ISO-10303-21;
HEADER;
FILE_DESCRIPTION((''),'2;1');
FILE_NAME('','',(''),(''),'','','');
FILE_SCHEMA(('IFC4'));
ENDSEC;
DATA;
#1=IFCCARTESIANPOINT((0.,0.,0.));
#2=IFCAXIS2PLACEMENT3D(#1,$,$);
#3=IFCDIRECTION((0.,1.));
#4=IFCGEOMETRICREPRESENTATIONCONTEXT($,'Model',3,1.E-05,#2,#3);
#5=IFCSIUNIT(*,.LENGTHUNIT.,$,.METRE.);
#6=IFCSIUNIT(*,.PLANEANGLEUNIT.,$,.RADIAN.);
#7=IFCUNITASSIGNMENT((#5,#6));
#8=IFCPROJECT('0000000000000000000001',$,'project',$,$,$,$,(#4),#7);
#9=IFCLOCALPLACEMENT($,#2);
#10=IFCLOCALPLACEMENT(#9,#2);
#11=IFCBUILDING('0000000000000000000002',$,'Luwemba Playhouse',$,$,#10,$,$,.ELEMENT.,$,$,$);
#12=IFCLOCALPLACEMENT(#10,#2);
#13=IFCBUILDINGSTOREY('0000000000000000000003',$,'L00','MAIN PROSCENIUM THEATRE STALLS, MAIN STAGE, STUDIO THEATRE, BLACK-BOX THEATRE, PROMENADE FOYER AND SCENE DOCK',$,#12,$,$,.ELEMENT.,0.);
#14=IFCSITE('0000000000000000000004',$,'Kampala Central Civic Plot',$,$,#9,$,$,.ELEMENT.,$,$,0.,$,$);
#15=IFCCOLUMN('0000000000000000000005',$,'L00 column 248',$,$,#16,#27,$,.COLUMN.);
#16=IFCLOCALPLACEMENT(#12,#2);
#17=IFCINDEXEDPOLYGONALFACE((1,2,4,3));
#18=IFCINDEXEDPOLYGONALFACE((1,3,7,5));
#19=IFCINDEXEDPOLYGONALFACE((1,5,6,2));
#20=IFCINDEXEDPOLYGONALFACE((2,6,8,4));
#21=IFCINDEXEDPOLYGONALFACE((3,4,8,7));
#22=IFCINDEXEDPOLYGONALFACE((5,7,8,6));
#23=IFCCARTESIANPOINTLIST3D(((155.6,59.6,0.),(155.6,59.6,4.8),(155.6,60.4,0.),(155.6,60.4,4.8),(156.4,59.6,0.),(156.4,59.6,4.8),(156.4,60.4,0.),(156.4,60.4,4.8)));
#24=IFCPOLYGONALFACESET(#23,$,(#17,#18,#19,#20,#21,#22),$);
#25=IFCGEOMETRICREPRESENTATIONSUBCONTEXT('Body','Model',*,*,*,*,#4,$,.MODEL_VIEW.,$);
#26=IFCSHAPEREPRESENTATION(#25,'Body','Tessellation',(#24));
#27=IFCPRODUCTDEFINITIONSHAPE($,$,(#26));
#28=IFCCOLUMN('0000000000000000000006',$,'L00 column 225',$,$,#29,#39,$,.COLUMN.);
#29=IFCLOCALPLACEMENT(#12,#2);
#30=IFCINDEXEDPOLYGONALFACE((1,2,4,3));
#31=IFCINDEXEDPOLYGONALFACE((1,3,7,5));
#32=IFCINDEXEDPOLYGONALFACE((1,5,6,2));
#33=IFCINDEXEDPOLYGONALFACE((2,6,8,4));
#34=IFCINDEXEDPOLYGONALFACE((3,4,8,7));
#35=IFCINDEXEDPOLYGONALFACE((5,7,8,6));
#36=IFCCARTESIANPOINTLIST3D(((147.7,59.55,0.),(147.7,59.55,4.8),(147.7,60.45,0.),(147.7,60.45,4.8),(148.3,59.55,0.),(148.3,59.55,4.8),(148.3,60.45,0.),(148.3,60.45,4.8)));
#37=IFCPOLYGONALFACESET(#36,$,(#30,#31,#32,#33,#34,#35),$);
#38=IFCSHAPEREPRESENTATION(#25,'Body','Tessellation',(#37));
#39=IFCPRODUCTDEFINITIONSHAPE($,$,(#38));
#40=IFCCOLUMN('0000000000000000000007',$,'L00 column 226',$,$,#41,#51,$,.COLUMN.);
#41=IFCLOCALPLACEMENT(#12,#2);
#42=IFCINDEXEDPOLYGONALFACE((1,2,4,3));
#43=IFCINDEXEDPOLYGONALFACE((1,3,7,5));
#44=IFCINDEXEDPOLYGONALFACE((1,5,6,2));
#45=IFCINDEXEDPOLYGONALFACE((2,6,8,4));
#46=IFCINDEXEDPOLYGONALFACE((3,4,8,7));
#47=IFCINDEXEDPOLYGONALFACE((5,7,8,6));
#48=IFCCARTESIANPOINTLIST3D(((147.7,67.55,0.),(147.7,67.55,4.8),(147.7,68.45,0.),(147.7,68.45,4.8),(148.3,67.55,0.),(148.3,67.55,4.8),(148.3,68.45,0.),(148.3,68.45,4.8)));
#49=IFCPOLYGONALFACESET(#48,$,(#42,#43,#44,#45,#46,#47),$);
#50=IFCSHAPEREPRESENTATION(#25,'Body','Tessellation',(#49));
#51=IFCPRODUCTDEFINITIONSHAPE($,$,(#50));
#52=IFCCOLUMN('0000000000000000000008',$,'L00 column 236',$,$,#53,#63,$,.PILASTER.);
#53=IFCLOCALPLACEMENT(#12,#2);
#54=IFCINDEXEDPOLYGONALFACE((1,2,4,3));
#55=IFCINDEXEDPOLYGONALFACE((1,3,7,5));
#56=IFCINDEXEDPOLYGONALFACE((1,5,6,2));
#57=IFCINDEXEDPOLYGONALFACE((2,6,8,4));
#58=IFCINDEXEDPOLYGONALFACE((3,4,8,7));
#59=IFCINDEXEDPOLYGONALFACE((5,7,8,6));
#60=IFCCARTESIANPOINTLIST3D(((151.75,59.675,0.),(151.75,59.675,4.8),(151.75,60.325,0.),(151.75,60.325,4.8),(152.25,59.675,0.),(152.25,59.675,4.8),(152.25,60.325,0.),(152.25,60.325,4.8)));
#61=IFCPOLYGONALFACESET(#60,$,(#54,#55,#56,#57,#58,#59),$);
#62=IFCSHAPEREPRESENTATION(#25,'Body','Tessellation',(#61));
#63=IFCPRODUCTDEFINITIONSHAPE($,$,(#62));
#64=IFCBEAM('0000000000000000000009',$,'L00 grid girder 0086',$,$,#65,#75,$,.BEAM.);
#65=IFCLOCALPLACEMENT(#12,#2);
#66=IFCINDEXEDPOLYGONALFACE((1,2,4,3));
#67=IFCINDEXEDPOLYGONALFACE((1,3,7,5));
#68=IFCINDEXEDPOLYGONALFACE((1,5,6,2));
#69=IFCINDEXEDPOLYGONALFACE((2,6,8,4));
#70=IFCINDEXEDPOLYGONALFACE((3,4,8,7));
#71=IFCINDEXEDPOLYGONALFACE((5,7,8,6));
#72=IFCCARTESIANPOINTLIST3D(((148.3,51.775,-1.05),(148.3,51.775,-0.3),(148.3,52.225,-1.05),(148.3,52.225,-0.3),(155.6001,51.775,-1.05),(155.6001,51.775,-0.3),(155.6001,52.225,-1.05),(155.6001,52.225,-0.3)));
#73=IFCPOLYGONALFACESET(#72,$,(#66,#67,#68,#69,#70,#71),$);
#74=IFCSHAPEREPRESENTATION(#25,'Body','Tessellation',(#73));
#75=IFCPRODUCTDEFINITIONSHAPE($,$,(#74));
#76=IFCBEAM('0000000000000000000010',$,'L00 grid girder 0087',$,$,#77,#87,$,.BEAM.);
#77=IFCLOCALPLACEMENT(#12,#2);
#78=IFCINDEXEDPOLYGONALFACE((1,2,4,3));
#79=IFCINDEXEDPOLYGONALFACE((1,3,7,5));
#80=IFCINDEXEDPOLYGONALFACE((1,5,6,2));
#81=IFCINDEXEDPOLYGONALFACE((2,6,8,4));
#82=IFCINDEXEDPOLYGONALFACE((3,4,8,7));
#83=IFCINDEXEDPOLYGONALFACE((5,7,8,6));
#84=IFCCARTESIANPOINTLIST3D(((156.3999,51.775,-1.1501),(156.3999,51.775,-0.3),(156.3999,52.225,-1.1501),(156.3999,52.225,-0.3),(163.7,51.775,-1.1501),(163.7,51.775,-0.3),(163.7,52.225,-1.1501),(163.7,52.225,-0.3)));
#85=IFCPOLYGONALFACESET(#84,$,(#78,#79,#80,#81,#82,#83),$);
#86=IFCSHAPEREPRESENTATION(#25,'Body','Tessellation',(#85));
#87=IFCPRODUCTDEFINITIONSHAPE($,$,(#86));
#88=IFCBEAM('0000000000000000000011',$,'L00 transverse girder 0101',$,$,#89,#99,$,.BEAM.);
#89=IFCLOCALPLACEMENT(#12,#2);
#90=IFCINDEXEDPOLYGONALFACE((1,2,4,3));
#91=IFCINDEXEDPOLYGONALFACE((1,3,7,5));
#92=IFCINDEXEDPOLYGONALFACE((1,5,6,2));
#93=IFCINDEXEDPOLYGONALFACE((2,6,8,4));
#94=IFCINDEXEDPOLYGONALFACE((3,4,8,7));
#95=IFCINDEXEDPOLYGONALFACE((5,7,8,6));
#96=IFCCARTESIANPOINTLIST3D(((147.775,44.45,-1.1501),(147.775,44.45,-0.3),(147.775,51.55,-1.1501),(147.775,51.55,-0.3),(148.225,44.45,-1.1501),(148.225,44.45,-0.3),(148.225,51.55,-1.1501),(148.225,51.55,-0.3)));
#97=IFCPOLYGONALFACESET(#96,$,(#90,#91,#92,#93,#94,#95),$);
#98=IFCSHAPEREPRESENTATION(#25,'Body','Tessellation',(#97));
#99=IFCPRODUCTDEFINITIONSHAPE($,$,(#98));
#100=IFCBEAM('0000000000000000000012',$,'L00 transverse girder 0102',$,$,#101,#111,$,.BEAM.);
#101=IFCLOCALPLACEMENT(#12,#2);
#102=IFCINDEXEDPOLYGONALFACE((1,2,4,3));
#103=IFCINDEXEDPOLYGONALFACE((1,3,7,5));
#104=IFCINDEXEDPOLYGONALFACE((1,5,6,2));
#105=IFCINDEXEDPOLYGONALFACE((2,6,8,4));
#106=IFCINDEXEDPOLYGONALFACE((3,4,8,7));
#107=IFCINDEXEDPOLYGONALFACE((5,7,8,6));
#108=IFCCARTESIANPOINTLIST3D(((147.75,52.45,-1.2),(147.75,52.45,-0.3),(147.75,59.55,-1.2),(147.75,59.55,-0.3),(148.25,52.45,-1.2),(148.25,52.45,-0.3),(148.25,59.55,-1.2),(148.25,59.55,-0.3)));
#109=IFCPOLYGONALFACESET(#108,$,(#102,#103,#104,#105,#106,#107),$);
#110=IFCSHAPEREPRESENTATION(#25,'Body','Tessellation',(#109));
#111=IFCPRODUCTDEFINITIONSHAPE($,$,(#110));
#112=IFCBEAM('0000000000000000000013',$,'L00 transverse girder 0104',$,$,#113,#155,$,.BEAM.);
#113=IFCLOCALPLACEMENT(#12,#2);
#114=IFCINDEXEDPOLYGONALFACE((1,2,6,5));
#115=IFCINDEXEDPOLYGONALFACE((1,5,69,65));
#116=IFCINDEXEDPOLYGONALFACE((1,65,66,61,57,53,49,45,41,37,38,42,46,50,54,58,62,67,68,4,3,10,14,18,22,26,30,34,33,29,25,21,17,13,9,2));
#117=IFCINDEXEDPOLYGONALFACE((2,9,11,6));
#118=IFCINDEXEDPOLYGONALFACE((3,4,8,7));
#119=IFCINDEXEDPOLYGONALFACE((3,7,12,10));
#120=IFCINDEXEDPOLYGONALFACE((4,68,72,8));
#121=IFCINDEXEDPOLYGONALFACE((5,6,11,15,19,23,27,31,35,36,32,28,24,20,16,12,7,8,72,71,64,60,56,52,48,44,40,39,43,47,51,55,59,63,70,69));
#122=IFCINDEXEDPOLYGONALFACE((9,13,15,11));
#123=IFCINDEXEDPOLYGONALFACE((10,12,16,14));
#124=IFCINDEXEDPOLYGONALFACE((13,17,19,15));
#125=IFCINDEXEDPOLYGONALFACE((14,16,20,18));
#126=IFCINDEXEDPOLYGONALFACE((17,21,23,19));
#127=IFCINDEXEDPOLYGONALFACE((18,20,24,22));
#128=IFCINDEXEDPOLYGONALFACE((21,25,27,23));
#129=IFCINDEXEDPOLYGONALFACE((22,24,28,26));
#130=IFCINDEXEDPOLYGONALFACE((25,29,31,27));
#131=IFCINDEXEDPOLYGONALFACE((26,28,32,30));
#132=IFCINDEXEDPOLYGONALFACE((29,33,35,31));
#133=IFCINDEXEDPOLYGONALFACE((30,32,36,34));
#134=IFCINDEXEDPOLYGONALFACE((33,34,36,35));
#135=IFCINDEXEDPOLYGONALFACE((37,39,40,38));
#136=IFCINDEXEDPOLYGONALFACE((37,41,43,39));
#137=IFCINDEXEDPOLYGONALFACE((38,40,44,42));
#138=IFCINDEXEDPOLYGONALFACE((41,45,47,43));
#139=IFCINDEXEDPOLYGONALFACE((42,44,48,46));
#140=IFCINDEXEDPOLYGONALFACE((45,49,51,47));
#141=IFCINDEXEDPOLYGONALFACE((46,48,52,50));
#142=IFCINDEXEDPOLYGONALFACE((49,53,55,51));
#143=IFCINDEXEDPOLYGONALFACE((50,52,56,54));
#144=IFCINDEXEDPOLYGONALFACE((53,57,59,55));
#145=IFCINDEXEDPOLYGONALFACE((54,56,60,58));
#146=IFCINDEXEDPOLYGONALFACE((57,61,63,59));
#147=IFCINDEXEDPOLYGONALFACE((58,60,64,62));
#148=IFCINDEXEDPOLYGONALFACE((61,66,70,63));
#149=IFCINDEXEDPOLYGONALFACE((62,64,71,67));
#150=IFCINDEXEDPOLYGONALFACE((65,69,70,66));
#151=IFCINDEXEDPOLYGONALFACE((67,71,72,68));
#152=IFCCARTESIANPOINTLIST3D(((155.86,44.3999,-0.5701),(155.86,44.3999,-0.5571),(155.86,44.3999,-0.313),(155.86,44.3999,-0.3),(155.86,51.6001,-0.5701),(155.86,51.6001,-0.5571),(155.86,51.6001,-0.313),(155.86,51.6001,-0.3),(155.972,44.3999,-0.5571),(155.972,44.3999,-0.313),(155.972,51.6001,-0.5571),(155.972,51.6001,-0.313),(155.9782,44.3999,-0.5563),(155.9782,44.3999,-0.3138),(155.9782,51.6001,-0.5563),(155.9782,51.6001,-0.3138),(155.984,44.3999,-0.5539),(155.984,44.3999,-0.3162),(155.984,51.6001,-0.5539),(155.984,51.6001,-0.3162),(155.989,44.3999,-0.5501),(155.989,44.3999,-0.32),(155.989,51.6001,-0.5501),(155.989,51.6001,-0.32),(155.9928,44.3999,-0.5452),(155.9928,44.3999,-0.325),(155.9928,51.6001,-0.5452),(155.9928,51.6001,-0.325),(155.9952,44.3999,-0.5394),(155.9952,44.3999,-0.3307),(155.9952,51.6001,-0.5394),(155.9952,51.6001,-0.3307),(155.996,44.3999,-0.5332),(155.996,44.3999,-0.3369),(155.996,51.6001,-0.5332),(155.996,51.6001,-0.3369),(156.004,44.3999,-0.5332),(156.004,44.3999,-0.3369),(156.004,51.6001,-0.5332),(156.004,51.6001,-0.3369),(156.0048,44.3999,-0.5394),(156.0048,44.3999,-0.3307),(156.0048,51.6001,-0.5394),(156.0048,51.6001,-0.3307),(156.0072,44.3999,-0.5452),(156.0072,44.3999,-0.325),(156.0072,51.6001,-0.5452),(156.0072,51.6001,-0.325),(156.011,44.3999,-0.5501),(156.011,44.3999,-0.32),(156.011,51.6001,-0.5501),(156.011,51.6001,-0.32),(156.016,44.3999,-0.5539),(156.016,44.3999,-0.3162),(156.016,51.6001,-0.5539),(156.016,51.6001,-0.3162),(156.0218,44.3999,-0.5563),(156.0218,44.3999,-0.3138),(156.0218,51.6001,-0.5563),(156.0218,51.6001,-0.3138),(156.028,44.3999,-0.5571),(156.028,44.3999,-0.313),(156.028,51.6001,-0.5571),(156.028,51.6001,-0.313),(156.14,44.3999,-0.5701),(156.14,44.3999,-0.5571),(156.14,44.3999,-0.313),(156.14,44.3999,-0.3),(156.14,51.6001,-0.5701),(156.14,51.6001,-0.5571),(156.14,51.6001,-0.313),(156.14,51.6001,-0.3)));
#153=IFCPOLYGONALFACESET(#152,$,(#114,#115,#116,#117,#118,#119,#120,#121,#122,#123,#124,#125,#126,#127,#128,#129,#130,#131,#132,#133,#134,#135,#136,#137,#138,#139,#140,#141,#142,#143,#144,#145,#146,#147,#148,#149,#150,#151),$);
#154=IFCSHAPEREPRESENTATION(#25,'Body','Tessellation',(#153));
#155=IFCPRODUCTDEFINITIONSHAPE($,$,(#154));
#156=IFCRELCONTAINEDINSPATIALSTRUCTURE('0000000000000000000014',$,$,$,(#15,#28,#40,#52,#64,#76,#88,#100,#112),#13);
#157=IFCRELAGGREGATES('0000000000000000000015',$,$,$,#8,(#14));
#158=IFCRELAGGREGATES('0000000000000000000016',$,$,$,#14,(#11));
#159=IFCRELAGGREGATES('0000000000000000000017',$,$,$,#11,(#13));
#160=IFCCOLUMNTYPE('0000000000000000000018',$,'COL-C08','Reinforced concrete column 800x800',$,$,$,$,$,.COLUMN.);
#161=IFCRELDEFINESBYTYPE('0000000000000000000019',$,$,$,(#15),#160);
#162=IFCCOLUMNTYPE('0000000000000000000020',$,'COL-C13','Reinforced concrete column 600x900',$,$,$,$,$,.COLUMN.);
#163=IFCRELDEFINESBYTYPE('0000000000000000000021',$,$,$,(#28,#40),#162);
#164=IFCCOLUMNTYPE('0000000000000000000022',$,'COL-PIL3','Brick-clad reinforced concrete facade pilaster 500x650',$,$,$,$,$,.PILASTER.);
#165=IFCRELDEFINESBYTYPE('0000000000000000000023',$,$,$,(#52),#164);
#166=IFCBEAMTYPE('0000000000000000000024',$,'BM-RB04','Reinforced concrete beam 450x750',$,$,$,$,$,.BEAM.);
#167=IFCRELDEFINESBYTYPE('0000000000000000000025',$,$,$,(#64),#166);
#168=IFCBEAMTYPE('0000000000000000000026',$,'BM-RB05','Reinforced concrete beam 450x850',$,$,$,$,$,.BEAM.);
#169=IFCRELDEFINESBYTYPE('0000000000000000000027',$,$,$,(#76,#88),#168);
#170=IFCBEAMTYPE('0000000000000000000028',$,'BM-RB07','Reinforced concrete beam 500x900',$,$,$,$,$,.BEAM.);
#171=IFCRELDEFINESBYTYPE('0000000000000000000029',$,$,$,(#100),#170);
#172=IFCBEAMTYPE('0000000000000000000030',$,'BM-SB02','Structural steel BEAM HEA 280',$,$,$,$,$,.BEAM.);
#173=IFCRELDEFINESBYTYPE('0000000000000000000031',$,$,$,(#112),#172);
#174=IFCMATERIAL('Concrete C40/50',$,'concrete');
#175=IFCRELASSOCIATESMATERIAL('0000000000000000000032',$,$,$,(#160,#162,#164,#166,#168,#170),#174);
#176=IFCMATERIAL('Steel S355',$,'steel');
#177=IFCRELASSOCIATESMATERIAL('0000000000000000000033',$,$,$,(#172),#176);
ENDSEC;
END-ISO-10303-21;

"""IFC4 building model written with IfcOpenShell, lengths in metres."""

from ifc_helpers import new_model, si_unit, direction, frame, origin, origin_2d, place, context, subcontext, project, spatial, rectangle, i_section, extrude, material, material_profile, profile_set, type_object, element, save


model = new_model("IFC4")

# Units and contexts
model_context = context("Model", 3, precision=1e-05, world=origin(), true_north=direction((0.0, 1.0)))
body_context = subcontext(model_context, "Body", "Model", "MODEL_VIEW")
ifc_project = project(units=[si_unit("LENGTHUNIT", "METRE"), si_unit("PLANEANGLEUNIT", "RADIAN")], contexts=[model_context])

# Site, building, storey
site_placement = place(None, origin())
site = spatial("IfcSite", under=ifc_project, at=site_placement, Name="Kampala Central Civic Plot", CompositionType="ELEMENT", RefElevation=0.0)
building_placement = place(site_placement, origin())
building = spatial("IfcBuilding", under=site, at=building_placement, Name="Luwemba Playhouse", CompositionType="ELEMENT")
storey_placement = place(building_placement, origin())
storey = spatial("IfcBuildingStorey", under=building, at=storey_placement, Name="L00", Description="MAIN PROSCENIUM THEATRE STALLS, MAIN STAGE, STUDIO THEATRE, BLACK-BOX THEATRE, PROMENADE FOYER AND SCENE DOCK", CompositionType="ELEMENT", Elevation=0.0)

# Columns
ifc_material_1 = material(Name="Concrete C40/50", Category="concrete")
ifc_material_profile_1 = material_profile(ifc_material_1, rectangle(XDim=0.8, YDim=0.8, at=origin_2d()))
ifc_profile_set_1 = profile_set([ifc_material_profile_1], Name="Concrete C40/50")
column_type_1 = type_object("IfcColumnType", Name="COL-C08", Description="Reinforced concrete column 800x800", PredefinedType="COLUMN", material=ifc_profile_set_1)
column_1_placement = place(storey_placement, frame((156.0, 60.0, 0.0), z_axis=(0.0, 0.0, 1.0), x_axis=(1.0, 0.0, 0.0)))
element("IfcColumn", 1, at=column_1_placement, inside=storey, type_object=column_type_1, Name="L00 column 248", PredefinedType="COLUMN", context=body_context, shape_type="SweptSolid", body=[
    extrude(rectangle(XDim=0.8, YDim=0.8, at=origin_2d()), origin(), (0.0, 0.0, 1.0), 4.8),
])
ifc_material_profile_2 = material_profile(ifc_material_1, rectangle(XDim=0.6001, YDim=0.8999, at=origin_2d()))
ifc_profile_set_2 = profile_set([ifc_material_profile_2], Name="Concrete C40/50")
column_type_2 = type_object("IfcColumnType", Name="COL-C13", Description="Reinforced concrete column 600x900", PredefinedType="COLUMN", material=ifc_profile_set_2)
for number, where, z_axis, x_axis, name in (
    (2, (148.0, 60.0, 0.0), (0.0, 0.0, 1.0), (1.0, 0.0, 0.0), "L00 column 225"),
    (3, (148.0, 68.0, 0.0), (0.0, 0.0, 1.0), (1.0, 0.0, 0.0), "L00 column 226"),
):
    element("IfcColumn", number, at=place(storey_placement, frame(where, z_axis=z_axis, x_axis=x_axis)), inside=storey, type_object=column_type_2, Name=name, PredefinedType="COLUMN", context=body_context, shape_type="SweptSolid", body=[
        extrude(rectangle(XDim=0.6001, YDim=0.8999, at=origin_2d()), origin(), (0.0, 0.0, 1.0), 4.8),
    ])
ifc_material_profile_3 = material_profile(ifc_material_1, rectangle(XDim=0.5, YDim=0.6499, at=origin_2d()))
ifc_profile_set_3 = profile_set([ifc_material_profile_3], Name="Concrete C40/50")
column_type_3 = type_object("IfcColumnType", Name="COL-PIL3", Description="Brick-clad reinforced concrete facade pilaster 500x650", PredefinedType="PILASTER", material=ifc_profile_set_3)
column_2_placement = place(storey_placement, frame((152.0, 60.0, 0.0), z_axis=(0.0, 0.0, 1.0), x_axis=(1.0, 0.0, 0.0)))
element("IfcColumn", 4, at=column_2_placement, inside=storey, type_object=column_type_3, Name="L00 column 236", PredefinedType="PILASTER", context=body_context, shape_type="SweptSolid", body=[
    extrude(rectangle(XDim=0.5, YDim=0.6499, at=origin_2d()), origin(), (0.0, 0.0, 1.0), 4.8),
])

# Beams
ifc_material_profile_4 = material_profile(ifc_material_1, rectangle(XDim=0.45, YDim=0.75, at=origin_2d()))
ifc_profile_set_4 = profile_set([ifc_material_profile_4], Name="Concrete C40/50")
beam_type_1 = type_object("IfcBeamType", Name="BM-RB04", Description="Reinforced concrete beam 450x750", PredefinedType="BEAM", material=ifc_profile_set_4)
beam_1_placement = place(storey_placement, frame((148.3, 52.0, -0.675), z_axis=(1.0, 0.0, 0.0), x_axis=(0.0, 1.0, 0.0)))
element("IfcBeam", 5, at=beam_1_placement, inside=storey, type_object=beam_type_1, Name="L00 grid girder 0086", PredefinedType="BEAM", context=body_context, shape_type="SweptSolid", body=[
    extrude(rectangle(XDim=0.45, YDim=0.75, at=origin_2d()), origin(), (0.0, 0.0, 1.0), 7.3),
])
ifc_material_profile_5 = material_profile(ifc_material_1, rectangle(XDim=0.45, YDim=0.8501, at=origin_2d()))
ifc_profile_set_5 = profile_set([ifc_material_profile_5], Name="Concrete C40/50")
beam_type_2 = type_object("IfcBeamType", Name="BM-RB05", Description="Reinforced concrete beam 450x850", PredefinedType="BEAM", material=ifc_profile_set_5)
beam_2_placement = place(storey_placement, frame((156.3999, 52.0, -0.7251), z_axis=(1.0, 0.0, 0.0), x_axis=(0.0, 1.0, 0.0)))
element("IfcBeam", 6, at=beam_2_placement, inside=storey, type_object=beam_type_2, Name="L00 grid girder 0087", PredefinedType="BEAM", context=body_context, shape_type="SweptSolid", body=[
    extrude(rectangle(XDim=0.45, YDim=0.8501, at=origin_2d()), origin(), (0.0, 0.0, 1.0), 7.3),
])
beam_3_placement = place(storey_placement, frame((148.0, 44.45, -0.7251), z_axis=(0.0, 1.0, 0.0), x_axis=(-1.0, 0.0, 0.0)))
element("IfcBeam", 7, at=beam_3_placement, inside=storey, type_object=beam_type_2, Name="L00 transverse girder 0101", PredefinedType="BEAM", context=body_context, shape_type="SweptSolid", body=[
    extrude(rectangle(XDim=0.45, YDim=0.8501, at=origin_2d()), origin(), (0.0, 0.0, 1.0), 7.1001),
])
ifc_material_profile_6 = material_profile(ifc_material_1, rectangle(XDim=0.5, YDim=0.8999, at=origin_2d()))
ifc_profile_set_6 = profile_set([ifc_material_profile_6], Name="Concrete C40/50")
beam_type_3 = type_object("IfcBeamType", Name="BM-RB07", Description="Reinforced concrete beam 500x900", PredefinedType="BEAM", material=ifc_profile_set_6)
beam_4_placement = place(storey_placement, frame((148.0, 52.45, -0.75), z_axis=(0.0, 1.0, 0.0), x_axis=(-1.0, 0.0, 0.0)))
element("IfcBeam", 8, at=beam_4_placement, inside=storey, type_object=beam_type_3, Name="L00 transverse girder 0102", PredefinedType="BEAM", context=body_context, shape_type="SweptSolid", body=[
    extrude(rectangle(XDim=0.5, YDim=0.8999, at=origin_2d()), origin(), (0.0, 0.0, 1.0), 7.1001),
])
ifc_material_2 = material(Name="Steel S355", Category="steel")
ifc_material_profile_7 = material_profile(ifc_material_2, i_section(OverallWidth=0.28, OverallDepth=0.27, WebThickness=0.0081, FlangeThickness=0.0129, FilletRadius=0.0239, at=origin_2d()))
ifc_profile_set_7 = profile_set([ifc_material_profile_7], Name="Steel S355")
beam_type_4 = type_object("IfcBeamType", Name="BM-SB02", Description="Structural steel BEAM HEA 280", PredefinedType="BEAM", material=ifc_profile_set_7)
beam_5_placement = place(storey_placement, frame((156.0, 44.3999, -0.4351), z_axis=(0.0, 1.0, 0.0), x_axis=(-1.0, 0.0, 0.0)))
element("IfcBeam", 9, at=beam_5_placement, inside=storey, type_object=beam_type_4, Name="L00 transverse girder 0104", PredefinedType="BEAM", context=body_context, shape_type="SweptSolid", body=[
    extrude(i_section(OverallWidth=0.28, OverallDepth=0.27, WebThickness=0.0081, FlangeThickness=0.0129, FilletRadius=0.0239, at=origin_2d()), origin(), (0.0, 0.0, 1.0), 7.2002),
])

save(model, "model.ifc")
